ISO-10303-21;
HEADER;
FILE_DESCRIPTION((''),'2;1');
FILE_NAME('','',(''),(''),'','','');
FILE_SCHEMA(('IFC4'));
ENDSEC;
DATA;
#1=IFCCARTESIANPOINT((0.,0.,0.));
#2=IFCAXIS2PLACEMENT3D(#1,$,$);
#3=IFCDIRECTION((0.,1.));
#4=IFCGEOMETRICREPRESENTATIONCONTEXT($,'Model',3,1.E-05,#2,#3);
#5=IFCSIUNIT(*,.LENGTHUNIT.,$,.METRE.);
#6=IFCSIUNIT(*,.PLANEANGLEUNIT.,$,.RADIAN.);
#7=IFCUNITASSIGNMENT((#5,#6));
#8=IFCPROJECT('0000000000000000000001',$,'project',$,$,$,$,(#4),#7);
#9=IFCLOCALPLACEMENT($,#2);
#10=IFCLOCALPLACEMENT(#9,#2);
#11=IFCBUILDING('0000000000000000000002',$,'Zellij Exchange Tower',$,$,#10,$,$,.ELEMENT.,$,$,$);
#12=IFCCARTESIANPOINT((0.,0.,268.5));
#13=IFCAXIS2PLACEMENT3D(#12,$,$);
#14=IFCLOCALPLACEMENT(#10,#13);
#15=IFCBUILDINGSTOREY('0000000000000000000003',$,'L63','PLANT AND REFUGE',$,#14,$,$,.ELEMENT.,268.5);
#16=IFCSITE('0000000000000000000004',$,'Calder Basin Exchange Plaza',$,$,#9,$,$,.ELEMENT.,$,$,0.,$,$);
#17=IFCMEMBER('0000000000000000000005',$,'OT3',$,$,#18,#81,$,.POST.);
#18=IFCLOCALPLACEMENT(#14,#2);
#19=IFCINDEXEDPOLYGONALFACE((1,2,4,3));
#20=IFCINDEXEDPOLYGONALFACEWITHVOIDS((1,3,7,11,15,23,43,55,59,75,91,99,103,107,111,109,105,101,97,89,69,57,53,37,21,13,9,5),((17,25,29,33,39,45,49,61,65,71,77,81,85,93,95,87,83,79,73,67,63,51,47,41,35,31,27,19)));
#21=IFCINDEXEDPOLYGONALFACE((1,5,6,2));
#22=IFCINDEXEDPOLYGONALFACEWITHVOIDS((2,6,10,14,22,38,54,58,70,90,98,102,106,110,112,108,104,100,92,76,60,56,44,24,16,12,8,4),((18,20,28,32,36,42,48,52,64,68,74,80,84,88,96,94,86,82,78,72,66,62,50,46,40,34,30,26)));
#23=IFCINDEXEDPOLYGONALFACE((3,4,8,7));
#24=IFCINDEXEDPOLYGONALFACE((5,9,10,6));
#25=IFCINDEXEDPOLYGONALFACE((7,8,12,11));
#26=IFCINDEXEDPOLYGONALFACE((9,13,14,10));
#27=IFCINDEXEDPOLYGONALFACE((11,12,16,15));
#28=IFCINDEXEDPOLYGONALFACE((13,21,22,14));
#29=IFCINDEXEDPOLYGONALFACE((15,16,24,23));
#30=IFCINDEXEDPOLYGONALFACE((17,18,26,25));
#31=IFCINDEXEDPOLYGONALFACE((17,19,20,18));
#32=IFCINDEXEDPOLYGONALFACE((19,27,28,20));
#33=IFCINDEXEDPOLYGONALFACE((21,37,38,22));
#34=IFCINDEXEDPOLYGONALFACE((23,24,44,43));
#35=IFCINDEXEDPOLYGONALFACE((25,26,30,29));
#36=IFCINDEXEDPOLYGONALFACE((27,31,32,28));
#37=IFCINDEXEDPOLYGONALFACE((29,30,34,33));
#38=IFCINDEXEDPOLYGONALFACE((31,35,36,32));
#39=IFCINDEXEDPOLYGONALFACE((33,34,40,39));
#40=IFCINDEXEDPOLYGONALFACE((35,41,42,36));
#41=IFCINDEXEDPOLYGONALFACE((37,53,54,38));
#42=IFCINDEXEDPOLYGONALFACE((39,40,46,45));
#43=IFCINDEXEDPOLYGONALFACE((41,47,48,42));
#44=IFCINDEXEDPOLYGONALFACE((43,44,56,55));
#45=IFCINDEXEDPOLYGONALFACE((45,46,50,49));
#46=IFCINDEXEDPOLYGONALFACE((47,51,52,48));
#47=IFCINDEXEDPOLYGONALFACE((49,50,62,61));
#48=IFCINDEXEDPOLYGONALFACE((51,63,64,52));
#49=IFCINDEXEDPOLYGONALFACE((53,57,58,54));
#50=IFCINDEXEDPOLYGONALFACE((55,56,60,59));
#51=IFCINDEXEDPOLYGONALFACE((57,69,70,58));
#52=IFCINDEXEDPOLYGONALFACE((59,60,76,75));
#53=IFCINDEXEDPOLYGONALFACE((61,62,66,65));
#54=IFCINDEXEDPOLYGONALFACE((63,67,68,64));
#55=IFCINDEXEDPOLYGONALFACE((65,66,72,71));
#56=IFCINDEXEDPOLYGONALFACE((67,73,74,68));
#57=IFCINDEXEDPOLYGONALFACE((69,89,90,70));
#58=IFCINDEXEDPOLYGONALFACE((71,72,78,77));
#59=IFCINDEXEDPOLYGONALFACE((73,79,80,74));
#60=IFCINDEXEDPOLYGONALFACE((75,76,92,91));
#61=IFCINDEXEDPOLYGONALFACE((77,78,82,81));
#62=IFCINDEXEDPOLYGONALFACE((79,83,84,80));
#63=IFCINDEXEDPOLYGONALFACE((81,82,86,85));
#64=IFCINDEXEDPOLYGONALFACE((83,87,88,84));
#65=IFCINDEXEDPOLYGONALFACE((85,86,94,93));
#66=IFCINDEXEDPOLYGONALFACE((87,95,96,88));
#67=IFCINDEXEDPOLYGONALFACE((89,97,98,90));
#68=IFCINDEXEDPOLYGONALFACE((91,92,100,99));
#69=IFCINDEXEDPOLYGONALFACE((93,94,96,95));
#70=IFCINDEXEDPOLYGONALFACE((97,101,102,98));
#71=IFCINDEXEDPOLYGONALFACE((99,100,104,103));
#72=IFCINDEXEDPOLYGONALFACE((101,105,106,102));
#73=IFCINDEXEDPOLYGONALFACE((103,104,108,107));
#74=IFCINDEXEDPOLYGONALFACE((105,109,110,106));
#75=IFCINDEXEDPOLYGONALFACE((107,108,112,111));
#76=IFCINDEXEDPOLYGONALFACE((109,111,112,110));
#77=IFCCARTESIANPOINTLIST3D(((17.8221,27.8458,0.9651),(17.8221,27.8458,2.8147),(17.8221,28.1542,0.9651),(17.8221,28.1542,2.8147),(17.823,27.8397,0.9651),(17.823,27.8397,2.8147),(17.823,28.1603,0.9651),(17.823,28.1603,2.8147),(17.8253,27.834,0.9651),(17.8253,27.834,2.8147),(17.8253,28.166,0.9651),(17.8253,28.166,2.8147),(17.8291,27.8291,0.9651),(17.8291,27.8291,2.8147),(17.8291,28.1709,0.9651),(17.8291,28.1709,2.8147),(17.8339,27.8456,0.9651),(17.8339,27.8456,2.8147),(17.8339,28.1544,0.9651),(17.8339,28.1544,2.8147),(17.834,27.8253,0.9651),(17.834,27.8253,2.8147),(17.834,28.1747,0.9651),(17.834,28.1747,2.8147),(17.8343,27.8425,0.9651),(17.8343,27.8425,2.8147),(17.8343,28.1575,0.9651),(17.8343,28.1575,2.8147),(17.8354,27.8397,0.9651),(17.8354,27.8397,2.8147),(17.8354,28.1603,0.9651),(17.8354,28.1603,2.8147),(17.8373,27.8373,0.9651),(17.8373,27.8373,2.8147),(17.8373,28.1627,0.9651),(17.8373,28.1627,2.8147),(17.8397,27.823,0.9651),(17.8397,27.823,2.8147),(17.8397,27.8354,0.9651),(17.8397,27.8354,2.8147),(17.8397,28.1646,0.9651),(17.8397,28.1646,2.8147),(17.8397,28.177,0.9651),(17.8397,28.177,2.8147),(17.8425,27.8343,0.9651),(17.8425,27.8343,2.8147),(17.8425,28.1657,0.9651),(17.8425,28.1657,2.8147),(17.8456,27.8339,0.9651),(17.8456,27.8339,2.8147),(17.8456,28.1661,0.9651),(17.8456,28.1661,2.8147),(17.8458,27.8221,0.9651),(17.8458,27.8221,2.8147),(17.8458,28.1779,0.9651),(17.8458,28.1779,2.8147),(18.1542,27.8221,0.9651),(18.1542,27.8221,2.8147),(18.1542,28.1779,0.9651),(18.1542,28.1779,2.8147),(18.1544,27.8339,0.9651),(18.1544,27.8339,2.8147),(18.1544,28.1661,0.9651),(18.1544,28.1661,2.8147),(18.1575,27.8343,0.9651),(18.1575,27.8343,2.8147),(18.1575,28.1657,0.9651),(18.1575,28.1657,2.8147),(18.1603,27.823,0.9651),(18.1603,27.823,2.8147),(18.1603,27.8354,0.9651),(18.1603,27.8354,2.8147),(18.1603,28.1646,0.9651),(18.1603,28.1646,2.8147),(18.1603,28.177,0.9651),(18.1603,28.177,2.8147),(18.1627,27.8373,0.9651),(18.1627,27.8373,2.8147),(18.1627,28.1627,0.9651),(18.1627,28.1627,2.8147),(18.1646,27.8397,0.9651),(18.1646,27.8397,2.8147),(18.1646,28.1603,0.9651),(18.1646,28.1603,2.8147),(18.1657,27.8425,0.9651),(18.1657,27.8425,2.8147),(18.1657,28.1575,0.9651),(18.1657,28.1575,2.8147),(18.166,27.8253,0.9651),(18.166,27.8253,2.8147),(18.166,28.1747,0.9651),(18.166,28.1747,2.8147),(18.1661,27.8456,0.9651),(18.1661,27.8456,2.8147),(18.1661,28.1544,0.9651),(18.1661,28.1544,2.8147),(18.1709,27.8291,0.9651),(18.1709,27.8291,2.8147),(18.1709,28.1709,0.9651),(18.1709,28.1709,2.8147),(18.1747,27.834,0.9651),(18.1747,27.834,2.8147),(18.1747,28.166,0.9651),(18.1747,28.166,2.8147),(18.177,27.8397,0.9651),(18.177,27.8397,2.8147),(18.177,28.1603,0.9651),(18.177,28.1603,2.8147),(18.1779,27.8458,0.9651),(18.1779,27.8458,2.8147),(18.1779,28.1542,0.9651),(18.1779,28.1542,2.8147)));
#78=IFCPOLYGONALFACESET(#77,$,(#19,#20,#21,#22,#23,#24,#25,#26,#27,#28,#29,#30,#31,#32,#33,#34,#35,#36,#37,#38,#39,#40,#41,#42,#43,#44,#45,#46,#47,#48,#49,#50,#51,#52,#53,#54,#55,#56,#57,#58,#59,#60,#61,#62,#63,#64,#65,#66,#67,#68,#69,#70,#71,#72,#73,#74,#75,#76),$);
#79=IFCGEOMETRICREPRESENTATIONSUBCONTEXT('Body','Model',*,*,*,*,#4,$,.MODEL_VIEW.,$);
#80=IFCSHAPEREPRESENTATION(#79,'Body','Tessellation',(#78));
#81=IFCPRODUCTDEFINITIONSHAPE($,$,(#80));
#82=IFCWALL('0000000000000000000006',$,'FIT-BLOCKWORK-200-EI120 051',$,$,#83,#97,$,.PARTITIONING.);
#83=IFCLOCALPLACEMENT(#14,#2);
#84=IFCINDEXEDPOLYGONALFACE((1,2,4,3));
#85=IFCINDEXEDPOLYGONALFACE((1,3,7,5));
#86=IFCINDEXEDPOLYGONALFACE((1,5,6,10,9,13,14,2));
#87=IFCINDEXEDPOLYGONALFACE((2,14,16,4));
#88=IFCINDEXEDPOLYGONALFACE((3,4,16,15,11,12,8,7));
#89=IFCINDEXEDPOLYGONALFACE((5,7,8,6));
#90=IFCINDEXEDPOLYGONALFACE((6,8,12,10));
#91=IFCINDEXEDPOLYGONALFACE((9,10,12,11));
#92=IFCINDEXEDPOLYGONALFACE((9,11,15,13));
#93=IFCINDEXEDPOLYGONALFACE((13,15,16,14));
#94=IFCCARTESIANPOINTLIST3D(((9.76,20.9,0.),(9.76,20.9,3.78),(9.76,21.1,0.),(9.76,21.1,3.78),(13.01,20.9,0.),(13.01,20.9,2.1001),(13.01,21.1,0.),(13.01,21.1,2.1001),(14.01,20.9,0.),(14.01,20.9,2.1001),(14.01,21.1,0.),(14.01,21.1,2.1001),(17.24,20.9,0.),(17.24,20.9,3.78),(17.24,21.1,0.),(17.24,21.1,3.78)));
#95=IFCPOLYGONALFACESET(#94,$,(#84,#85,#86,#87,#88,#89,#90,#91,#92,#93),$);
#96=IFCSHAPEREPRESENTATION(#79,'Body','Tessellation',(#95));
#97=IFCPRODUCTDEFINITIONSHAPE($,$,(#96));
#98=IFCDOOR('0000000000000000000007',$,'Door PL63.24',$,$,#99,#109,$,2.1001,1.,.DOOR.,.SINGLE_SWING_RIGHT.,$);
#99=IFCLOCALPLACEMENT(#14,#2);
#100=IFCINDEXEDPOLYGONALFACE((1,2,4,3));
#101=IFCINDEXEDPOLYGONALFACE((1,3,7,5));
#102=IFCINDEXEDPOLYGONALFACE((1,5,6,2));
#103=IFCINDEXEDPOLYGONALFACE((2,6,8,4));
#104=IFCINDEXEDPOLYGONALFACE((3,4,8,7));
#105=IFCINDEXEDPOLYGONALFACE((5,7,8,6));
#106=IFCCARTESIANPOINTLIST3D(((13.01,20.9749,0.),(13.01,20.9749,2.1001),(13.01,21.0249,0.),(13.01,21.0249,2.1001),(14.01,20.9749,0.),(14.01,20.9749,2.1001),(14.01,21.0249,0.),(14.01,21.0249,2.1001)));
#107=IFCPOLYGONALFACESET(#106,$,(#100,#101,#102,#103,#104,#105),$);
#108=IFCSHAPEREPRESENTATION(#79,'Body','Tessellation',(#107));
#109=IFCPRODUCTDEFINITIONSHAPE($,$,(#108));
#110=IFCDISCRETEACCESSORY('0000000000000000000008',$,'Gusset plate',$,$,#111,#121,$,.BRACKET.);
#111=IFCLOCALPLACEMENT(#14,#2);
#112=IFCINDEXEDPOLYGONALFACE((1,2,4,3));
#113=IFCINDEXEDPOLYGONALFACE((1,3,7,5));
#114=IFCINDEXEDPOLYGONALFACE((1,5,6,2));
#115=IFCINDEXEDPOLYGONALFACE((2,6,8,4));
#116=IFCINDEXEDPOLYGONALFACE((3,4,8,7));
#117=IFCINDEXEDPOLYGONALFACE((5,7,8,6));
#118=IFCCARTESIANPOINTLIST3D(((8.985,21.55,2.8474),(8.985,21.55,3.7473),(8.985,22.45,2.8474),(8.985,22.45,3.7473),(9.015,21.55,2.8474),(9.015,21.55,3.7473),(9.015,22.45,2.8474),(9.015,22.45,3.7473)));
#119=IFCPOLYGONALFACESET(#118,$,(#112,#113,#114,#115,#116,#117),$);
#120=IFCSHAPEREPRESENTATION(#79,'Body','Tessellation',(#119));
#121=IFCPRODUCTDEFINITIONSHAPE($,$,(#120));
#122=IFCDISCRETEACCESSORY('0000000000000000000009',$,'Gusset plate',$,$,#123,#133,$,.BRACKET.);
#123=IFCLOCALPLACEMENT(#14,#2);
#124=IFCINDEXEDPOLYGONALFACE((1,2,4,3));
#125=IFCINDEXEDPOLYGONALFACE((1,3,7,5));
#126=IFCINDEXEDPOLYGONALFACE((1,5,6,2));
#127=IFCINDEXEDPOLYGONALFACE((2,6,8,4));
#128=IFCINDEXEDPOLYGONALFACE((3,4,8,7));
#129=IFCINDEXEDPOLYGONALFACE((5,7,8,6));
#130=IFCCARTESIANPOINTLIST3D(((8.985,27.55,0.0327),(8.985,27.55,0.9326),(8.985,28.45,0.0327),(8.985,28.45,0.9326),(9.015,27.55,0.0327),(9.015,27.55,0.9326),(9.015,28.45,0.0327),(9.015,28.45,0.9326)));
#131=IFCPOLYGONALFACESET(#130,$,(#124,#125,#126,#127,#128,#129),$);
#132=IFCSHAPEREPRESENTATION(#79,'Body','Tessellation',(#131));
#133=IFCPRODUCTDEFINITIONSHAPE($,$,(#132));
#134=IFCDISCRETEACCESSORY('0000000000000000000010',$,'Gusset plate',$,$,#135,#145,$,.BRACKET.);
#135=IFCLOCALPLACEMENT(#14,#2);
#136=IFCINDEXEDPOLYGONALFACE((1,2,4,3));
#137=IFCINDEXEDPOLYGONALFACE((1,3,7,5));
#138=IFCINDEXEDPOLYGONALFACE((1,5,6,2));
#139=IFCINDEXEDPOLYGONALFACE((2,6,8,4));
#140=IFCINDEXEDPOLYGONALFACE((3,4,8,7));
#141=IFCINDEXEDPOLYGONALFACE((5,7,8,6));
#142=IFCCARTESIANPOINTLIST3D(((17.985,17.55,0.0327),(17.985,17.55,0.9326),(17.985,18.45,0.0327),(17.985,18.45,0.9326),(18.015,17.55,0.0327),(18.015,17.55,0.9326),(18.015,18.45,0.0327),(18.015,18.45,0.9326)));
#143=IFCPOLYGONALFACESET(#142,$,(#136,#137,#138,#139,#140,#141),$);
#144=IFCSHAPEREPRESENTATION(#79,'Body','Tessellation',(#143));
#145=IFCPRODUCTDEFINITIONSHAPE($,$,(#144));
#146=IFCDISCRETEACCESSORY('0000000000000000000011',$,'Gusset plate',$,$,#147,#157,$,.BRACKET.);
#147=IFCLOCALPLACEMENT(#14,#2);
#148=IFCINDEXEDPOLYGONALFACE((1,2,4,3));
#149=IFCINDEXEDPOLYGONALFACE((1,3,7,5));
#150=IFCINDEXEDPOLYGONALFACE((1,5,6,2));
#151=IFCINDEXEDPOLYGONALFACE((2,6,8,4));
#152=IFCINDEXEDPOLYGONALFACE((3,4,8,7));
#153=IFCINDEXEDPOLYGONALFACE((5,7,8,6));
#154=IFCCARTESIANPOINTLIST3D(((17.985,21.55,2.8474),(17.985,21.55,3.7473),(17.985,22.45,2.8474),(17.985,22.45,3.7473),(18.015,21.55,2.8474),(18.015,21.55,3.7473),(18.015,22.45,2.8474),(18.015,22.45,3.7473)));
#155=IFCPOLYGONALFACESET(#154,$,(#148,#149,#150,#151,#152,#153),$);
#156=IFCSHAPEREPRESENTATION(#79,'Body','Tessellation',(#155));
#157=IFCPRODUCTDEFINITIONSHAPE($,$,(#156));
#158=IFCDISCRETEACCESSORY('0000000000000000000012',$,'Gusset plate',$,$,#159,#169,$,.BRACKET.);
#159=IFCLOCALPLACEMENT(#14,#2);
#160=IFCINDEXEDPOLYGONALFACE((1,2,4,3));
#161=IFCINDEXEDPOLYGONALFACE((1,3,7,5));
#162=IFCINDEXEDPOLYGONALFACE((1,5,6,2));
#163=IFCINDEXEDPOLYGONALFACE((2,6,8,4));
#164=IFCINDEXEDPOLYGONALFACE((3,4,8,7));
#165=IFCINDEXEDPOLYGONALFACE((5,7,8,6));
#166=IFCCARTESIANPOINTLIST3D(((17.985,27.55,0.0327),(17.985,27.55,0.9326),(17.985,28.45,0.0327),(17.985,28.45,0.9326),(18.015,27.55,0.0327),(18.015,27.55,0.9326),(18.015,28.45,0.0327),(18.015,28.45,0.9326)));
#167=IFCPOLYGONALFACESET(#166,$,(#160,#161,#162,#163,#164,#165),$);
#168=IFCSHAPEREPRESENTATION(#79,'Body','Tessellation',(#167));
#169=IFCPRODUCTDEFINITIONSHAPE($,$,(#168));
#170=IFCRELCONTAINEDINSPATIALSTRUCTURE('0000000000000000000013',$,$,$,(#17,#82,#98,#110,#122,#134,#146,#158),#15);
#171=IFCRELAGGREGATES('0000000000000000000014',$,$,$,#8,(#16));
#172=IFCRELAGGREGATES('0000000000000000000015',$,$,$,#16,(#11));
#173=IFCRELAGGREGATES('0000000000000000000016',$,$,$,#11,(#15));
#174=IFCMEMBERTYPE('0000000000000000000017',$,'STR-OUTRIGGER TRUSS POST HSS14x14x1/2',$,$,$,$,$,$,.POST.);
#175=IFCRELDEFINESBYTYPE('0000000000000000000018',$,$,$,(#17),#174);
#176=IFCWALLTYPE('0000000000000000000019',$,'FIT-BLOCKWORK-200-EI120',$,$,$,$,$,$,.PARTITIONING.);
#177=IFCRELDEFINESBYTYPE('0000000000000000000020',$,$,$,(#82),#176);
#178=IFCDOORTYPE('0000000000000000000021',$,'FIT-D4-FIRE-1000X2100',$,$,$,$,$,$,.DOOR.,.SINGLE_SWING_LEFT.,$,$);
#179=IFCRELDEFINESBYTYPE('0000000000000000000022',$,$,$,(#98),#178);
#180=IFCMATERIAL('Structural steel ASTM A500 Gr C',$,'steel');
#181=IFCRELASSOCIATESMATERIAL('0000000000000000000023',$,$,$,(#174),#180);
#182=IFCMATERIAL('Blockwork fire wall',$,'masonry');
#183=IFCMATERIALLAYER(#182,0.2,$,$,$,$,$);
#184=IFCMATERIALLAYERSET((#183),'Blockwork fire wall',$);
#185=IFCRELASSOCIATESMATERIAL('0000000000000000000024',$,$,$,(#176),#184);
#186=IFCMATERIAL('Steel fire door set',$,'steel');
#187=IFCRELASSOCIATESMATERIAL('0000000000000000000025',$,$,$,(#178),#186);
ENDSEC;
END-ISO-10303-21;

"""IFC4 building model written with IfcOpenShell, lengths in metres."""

from ifc_helpers import new_model, si_unit, direction, frame, frame_2d, origin, origin_2d, place, context, subcontext, project, spatial, rectangle, hollow_rectangle, extrude, material, layer, layer_set, material_profile, profile_set, type_object, element, fill, save


model = new_model("IFC4")

# Units and contexts
model_context = context("Model", 3, precision=1e-05, world=origin(), true_north=direction((0.0, 1.0)))
body_context = subcontext(model_context, "Body", "Model", "MODEL_VIEW")
ifc_project = project(units=[si_unit("LENGTHUNIT", "METRE"), si_unit("PLANEANGLEUNIT", "RADIAN")], contexts=[model_context])

# Site, building, storey
site_placement = place(None, origin())
site = spatial("IfcSite", under=ifc_project, at=site_placement, Name="Calder Basin Exchange Plaza", CompositionType="ELEMENT", RefElevation=0.0)
building_placement = place(site_placement, origin())
building = spatial("IfcBuilding", under=site, at=building_placement, Name="Zellij Exchange Tower", CompositionType="ELEMENT")
storey_placement = place(building_placement, frame((0.0, 0.0, 268.5)))
storey = spatial("IfcBuildingStorey", under=building, at=storey_placement, Name="L63", Description="PLANT AND REFUGE", CompositionType="ELEMENT", Elevation=268.5)

# Member
ifc_material_1 = material(Name="Structural steel ASTM A500 Gr C", Category="steel")
ifc_material_profile_1 = material_profile(ifc_material_1, hollow_rectangle(XDim=0.3557, YDim=0.3557, WallThickness=0.0117, InnerFilletRadius=0.0117, OuterFilletRadius=0.0237, at=origin_2d()), Name="STR-OUTRIGGER TRUSS POST HSS14x14x1/2")
ifc_profile_set_1 = profile_set([ifc_material_profile_1], Name="Structural steel ASTM A500 Gr C")
member_type_1 = type_object("IfcMemberType", Name="STR-OUTRIGGER TRUSS POST HSS14x14x1/2", PredefinedType="POST", material=ifc_profile_set_1)
for number, where, z_axis, x_axis, name in (
    (1, (18.0, 28.0, 0.9651), (0.0, 0.0, 1.0), (1.0, 0.0, 0.0), "OT3"),
):
    element("IfcMember", number, at=place(storey_placement, frame(where, z_axis=z_axis, x_axis=x_axis)), inside=storey, type_object=member_type_1, Name=name, PredefinedType="POST", context=body_context, shape_type="SweptSolid", body=[
        extrude(hollow_rectangle(XDim=0.3557, YDim=0.3557, WallThickness=0.0117, InnerFilletRadius=0.0117, OuterFilletRadius=0.0237, at=origin_2d()), origin(), (0.0, 0.0, 1.0), 1.8496),
    ])

# Wall, opening, door
ifc_material_2 = material(Name="Blockwork fire wall", Category="masonry")
ifc_layer = layer(ifc_material_2, 0.2)
ifc_layer_set = layer_set([ifc_layer], Name="Blockwork fire wall")
wall_type = type_object("IfcWallType", Name="FIT-BLOCKWORK-200-EI120", PredefinedType="PARTITIONING", material=ifc_layer_set)
wall_placement = place(storey_placement, frame((9.76, 21.0, 0.0), z_axis=(0.0, 0.0, 1.0), x_axis=(1.0, 0.0, 0.0)))
wall = element("IfcWall", 2, at=wall_placement, inside=storey, type_object=wall_type, Name="FIT-BLOCKWORK-200-EI120 051", PredefinedType="PARTITIONING", context=body_context, shape_type="SweptSolid", body=[
    extrude(rectangle(XDim=7.48, YDim=0.2, at=frame_2d((3.74, 0.0))), origin(), (0.0, 0.0, 1.0), 3.78),
])
opening_placement = place(wall_placement, frame((3.25, 0.0, 0.0)))
opening = element("IfcOpeningElement", 3, at=opening_placement, cuts=wall, PredefinedType="OPENING", context=body_context, shape_type="SweptSolid", body=[
    extrude(rectangle(XDim=1.0, YDim=2.1001, at=frame_2d((0.5, 1.05))), frame((0.0, 0.1118, 0.0), z_axis=(0.0, -1.0, 0.0), x_axis=(1.0, 0.0, 0.0)), (0.0, 0.0, 1.0), 0.2239),
])
ifc_material_3 = material(Name="Steel fire door set", Category="steel")
door_type = type_object("IfcDoorType", Name="FIT-D4-FIRE-1000X2100", OperationType="SINGLE_SWING_LEFT", PredefinedType="DOOR", material=ifc_material_3)
door_placement = place(opening_placement, origin())
door = element("IfcDoor", 4, at=door_placement, inside=storey, type_object=door_type, Name="Door PL63.24", OperationType="SINGLE_SWING_RIGHT", OverallHeight=2.1001, OverallWidth=1.0, PredefinedType="DOOR", context=body_context, shape_type="SweptSolid", body=[
    extrude(rectangle(XDim=1.0, YDim=2.1001, at=frame_2d((0.5, 1.05))), frame((0.0, 0.0249, 0.0), z_axis=(0.0, -1.0, 0.0), x_axis=(1.0, 0.0, 0.0)), (0.0, 0.0, 1.0), 0.05),
])
fill(opening, door)

# Discrete accessories
for number, where, z_axis, x_axis, name in (
    (5, (9.0, 22.0, 2.8474), (0.0, 0.0, 1.0), (0.0, 1.0, 0.0), "Gusset plate"),
    (6, (9.0, 28.0, 0.0327), (0.0, 0.0, 1.0), (0.0, 1.0, 0.0), "Gusset plate"),
    (7, (18.0, 18.0, 0.0327), (0.0, 0.0, 1.0), (0.0, 1.0, 0.0), "Gusset plate"),
    (8, (18.0, 22.0, 2.8474), (0.0, 0.0, 1.0), (0.0, 1.0, 0.0), "Gusset plate"),
    (9, (18.0, 28.0, 0.0327), (0.0, 0.0, 1.0), (0.0, 1.0, 0.0), "Gusset plate"),
):
    element("IfcDiscreteAccessory", number, at=place(storey_placement, frame(where, z_axis=z_axis, x_axis=x_axis)), inside=storey, Name=name, PredefinedType="BRACKET", context=body_context, shape_type="SweptSolid", body=[
        extrude(rectangle(XDim=0.8999, YDim=0.03, at=origin_2d()), origin(), (0.0, 0.0, 1.0), 0.8999),
    ])

save(model, "model.ifc")
